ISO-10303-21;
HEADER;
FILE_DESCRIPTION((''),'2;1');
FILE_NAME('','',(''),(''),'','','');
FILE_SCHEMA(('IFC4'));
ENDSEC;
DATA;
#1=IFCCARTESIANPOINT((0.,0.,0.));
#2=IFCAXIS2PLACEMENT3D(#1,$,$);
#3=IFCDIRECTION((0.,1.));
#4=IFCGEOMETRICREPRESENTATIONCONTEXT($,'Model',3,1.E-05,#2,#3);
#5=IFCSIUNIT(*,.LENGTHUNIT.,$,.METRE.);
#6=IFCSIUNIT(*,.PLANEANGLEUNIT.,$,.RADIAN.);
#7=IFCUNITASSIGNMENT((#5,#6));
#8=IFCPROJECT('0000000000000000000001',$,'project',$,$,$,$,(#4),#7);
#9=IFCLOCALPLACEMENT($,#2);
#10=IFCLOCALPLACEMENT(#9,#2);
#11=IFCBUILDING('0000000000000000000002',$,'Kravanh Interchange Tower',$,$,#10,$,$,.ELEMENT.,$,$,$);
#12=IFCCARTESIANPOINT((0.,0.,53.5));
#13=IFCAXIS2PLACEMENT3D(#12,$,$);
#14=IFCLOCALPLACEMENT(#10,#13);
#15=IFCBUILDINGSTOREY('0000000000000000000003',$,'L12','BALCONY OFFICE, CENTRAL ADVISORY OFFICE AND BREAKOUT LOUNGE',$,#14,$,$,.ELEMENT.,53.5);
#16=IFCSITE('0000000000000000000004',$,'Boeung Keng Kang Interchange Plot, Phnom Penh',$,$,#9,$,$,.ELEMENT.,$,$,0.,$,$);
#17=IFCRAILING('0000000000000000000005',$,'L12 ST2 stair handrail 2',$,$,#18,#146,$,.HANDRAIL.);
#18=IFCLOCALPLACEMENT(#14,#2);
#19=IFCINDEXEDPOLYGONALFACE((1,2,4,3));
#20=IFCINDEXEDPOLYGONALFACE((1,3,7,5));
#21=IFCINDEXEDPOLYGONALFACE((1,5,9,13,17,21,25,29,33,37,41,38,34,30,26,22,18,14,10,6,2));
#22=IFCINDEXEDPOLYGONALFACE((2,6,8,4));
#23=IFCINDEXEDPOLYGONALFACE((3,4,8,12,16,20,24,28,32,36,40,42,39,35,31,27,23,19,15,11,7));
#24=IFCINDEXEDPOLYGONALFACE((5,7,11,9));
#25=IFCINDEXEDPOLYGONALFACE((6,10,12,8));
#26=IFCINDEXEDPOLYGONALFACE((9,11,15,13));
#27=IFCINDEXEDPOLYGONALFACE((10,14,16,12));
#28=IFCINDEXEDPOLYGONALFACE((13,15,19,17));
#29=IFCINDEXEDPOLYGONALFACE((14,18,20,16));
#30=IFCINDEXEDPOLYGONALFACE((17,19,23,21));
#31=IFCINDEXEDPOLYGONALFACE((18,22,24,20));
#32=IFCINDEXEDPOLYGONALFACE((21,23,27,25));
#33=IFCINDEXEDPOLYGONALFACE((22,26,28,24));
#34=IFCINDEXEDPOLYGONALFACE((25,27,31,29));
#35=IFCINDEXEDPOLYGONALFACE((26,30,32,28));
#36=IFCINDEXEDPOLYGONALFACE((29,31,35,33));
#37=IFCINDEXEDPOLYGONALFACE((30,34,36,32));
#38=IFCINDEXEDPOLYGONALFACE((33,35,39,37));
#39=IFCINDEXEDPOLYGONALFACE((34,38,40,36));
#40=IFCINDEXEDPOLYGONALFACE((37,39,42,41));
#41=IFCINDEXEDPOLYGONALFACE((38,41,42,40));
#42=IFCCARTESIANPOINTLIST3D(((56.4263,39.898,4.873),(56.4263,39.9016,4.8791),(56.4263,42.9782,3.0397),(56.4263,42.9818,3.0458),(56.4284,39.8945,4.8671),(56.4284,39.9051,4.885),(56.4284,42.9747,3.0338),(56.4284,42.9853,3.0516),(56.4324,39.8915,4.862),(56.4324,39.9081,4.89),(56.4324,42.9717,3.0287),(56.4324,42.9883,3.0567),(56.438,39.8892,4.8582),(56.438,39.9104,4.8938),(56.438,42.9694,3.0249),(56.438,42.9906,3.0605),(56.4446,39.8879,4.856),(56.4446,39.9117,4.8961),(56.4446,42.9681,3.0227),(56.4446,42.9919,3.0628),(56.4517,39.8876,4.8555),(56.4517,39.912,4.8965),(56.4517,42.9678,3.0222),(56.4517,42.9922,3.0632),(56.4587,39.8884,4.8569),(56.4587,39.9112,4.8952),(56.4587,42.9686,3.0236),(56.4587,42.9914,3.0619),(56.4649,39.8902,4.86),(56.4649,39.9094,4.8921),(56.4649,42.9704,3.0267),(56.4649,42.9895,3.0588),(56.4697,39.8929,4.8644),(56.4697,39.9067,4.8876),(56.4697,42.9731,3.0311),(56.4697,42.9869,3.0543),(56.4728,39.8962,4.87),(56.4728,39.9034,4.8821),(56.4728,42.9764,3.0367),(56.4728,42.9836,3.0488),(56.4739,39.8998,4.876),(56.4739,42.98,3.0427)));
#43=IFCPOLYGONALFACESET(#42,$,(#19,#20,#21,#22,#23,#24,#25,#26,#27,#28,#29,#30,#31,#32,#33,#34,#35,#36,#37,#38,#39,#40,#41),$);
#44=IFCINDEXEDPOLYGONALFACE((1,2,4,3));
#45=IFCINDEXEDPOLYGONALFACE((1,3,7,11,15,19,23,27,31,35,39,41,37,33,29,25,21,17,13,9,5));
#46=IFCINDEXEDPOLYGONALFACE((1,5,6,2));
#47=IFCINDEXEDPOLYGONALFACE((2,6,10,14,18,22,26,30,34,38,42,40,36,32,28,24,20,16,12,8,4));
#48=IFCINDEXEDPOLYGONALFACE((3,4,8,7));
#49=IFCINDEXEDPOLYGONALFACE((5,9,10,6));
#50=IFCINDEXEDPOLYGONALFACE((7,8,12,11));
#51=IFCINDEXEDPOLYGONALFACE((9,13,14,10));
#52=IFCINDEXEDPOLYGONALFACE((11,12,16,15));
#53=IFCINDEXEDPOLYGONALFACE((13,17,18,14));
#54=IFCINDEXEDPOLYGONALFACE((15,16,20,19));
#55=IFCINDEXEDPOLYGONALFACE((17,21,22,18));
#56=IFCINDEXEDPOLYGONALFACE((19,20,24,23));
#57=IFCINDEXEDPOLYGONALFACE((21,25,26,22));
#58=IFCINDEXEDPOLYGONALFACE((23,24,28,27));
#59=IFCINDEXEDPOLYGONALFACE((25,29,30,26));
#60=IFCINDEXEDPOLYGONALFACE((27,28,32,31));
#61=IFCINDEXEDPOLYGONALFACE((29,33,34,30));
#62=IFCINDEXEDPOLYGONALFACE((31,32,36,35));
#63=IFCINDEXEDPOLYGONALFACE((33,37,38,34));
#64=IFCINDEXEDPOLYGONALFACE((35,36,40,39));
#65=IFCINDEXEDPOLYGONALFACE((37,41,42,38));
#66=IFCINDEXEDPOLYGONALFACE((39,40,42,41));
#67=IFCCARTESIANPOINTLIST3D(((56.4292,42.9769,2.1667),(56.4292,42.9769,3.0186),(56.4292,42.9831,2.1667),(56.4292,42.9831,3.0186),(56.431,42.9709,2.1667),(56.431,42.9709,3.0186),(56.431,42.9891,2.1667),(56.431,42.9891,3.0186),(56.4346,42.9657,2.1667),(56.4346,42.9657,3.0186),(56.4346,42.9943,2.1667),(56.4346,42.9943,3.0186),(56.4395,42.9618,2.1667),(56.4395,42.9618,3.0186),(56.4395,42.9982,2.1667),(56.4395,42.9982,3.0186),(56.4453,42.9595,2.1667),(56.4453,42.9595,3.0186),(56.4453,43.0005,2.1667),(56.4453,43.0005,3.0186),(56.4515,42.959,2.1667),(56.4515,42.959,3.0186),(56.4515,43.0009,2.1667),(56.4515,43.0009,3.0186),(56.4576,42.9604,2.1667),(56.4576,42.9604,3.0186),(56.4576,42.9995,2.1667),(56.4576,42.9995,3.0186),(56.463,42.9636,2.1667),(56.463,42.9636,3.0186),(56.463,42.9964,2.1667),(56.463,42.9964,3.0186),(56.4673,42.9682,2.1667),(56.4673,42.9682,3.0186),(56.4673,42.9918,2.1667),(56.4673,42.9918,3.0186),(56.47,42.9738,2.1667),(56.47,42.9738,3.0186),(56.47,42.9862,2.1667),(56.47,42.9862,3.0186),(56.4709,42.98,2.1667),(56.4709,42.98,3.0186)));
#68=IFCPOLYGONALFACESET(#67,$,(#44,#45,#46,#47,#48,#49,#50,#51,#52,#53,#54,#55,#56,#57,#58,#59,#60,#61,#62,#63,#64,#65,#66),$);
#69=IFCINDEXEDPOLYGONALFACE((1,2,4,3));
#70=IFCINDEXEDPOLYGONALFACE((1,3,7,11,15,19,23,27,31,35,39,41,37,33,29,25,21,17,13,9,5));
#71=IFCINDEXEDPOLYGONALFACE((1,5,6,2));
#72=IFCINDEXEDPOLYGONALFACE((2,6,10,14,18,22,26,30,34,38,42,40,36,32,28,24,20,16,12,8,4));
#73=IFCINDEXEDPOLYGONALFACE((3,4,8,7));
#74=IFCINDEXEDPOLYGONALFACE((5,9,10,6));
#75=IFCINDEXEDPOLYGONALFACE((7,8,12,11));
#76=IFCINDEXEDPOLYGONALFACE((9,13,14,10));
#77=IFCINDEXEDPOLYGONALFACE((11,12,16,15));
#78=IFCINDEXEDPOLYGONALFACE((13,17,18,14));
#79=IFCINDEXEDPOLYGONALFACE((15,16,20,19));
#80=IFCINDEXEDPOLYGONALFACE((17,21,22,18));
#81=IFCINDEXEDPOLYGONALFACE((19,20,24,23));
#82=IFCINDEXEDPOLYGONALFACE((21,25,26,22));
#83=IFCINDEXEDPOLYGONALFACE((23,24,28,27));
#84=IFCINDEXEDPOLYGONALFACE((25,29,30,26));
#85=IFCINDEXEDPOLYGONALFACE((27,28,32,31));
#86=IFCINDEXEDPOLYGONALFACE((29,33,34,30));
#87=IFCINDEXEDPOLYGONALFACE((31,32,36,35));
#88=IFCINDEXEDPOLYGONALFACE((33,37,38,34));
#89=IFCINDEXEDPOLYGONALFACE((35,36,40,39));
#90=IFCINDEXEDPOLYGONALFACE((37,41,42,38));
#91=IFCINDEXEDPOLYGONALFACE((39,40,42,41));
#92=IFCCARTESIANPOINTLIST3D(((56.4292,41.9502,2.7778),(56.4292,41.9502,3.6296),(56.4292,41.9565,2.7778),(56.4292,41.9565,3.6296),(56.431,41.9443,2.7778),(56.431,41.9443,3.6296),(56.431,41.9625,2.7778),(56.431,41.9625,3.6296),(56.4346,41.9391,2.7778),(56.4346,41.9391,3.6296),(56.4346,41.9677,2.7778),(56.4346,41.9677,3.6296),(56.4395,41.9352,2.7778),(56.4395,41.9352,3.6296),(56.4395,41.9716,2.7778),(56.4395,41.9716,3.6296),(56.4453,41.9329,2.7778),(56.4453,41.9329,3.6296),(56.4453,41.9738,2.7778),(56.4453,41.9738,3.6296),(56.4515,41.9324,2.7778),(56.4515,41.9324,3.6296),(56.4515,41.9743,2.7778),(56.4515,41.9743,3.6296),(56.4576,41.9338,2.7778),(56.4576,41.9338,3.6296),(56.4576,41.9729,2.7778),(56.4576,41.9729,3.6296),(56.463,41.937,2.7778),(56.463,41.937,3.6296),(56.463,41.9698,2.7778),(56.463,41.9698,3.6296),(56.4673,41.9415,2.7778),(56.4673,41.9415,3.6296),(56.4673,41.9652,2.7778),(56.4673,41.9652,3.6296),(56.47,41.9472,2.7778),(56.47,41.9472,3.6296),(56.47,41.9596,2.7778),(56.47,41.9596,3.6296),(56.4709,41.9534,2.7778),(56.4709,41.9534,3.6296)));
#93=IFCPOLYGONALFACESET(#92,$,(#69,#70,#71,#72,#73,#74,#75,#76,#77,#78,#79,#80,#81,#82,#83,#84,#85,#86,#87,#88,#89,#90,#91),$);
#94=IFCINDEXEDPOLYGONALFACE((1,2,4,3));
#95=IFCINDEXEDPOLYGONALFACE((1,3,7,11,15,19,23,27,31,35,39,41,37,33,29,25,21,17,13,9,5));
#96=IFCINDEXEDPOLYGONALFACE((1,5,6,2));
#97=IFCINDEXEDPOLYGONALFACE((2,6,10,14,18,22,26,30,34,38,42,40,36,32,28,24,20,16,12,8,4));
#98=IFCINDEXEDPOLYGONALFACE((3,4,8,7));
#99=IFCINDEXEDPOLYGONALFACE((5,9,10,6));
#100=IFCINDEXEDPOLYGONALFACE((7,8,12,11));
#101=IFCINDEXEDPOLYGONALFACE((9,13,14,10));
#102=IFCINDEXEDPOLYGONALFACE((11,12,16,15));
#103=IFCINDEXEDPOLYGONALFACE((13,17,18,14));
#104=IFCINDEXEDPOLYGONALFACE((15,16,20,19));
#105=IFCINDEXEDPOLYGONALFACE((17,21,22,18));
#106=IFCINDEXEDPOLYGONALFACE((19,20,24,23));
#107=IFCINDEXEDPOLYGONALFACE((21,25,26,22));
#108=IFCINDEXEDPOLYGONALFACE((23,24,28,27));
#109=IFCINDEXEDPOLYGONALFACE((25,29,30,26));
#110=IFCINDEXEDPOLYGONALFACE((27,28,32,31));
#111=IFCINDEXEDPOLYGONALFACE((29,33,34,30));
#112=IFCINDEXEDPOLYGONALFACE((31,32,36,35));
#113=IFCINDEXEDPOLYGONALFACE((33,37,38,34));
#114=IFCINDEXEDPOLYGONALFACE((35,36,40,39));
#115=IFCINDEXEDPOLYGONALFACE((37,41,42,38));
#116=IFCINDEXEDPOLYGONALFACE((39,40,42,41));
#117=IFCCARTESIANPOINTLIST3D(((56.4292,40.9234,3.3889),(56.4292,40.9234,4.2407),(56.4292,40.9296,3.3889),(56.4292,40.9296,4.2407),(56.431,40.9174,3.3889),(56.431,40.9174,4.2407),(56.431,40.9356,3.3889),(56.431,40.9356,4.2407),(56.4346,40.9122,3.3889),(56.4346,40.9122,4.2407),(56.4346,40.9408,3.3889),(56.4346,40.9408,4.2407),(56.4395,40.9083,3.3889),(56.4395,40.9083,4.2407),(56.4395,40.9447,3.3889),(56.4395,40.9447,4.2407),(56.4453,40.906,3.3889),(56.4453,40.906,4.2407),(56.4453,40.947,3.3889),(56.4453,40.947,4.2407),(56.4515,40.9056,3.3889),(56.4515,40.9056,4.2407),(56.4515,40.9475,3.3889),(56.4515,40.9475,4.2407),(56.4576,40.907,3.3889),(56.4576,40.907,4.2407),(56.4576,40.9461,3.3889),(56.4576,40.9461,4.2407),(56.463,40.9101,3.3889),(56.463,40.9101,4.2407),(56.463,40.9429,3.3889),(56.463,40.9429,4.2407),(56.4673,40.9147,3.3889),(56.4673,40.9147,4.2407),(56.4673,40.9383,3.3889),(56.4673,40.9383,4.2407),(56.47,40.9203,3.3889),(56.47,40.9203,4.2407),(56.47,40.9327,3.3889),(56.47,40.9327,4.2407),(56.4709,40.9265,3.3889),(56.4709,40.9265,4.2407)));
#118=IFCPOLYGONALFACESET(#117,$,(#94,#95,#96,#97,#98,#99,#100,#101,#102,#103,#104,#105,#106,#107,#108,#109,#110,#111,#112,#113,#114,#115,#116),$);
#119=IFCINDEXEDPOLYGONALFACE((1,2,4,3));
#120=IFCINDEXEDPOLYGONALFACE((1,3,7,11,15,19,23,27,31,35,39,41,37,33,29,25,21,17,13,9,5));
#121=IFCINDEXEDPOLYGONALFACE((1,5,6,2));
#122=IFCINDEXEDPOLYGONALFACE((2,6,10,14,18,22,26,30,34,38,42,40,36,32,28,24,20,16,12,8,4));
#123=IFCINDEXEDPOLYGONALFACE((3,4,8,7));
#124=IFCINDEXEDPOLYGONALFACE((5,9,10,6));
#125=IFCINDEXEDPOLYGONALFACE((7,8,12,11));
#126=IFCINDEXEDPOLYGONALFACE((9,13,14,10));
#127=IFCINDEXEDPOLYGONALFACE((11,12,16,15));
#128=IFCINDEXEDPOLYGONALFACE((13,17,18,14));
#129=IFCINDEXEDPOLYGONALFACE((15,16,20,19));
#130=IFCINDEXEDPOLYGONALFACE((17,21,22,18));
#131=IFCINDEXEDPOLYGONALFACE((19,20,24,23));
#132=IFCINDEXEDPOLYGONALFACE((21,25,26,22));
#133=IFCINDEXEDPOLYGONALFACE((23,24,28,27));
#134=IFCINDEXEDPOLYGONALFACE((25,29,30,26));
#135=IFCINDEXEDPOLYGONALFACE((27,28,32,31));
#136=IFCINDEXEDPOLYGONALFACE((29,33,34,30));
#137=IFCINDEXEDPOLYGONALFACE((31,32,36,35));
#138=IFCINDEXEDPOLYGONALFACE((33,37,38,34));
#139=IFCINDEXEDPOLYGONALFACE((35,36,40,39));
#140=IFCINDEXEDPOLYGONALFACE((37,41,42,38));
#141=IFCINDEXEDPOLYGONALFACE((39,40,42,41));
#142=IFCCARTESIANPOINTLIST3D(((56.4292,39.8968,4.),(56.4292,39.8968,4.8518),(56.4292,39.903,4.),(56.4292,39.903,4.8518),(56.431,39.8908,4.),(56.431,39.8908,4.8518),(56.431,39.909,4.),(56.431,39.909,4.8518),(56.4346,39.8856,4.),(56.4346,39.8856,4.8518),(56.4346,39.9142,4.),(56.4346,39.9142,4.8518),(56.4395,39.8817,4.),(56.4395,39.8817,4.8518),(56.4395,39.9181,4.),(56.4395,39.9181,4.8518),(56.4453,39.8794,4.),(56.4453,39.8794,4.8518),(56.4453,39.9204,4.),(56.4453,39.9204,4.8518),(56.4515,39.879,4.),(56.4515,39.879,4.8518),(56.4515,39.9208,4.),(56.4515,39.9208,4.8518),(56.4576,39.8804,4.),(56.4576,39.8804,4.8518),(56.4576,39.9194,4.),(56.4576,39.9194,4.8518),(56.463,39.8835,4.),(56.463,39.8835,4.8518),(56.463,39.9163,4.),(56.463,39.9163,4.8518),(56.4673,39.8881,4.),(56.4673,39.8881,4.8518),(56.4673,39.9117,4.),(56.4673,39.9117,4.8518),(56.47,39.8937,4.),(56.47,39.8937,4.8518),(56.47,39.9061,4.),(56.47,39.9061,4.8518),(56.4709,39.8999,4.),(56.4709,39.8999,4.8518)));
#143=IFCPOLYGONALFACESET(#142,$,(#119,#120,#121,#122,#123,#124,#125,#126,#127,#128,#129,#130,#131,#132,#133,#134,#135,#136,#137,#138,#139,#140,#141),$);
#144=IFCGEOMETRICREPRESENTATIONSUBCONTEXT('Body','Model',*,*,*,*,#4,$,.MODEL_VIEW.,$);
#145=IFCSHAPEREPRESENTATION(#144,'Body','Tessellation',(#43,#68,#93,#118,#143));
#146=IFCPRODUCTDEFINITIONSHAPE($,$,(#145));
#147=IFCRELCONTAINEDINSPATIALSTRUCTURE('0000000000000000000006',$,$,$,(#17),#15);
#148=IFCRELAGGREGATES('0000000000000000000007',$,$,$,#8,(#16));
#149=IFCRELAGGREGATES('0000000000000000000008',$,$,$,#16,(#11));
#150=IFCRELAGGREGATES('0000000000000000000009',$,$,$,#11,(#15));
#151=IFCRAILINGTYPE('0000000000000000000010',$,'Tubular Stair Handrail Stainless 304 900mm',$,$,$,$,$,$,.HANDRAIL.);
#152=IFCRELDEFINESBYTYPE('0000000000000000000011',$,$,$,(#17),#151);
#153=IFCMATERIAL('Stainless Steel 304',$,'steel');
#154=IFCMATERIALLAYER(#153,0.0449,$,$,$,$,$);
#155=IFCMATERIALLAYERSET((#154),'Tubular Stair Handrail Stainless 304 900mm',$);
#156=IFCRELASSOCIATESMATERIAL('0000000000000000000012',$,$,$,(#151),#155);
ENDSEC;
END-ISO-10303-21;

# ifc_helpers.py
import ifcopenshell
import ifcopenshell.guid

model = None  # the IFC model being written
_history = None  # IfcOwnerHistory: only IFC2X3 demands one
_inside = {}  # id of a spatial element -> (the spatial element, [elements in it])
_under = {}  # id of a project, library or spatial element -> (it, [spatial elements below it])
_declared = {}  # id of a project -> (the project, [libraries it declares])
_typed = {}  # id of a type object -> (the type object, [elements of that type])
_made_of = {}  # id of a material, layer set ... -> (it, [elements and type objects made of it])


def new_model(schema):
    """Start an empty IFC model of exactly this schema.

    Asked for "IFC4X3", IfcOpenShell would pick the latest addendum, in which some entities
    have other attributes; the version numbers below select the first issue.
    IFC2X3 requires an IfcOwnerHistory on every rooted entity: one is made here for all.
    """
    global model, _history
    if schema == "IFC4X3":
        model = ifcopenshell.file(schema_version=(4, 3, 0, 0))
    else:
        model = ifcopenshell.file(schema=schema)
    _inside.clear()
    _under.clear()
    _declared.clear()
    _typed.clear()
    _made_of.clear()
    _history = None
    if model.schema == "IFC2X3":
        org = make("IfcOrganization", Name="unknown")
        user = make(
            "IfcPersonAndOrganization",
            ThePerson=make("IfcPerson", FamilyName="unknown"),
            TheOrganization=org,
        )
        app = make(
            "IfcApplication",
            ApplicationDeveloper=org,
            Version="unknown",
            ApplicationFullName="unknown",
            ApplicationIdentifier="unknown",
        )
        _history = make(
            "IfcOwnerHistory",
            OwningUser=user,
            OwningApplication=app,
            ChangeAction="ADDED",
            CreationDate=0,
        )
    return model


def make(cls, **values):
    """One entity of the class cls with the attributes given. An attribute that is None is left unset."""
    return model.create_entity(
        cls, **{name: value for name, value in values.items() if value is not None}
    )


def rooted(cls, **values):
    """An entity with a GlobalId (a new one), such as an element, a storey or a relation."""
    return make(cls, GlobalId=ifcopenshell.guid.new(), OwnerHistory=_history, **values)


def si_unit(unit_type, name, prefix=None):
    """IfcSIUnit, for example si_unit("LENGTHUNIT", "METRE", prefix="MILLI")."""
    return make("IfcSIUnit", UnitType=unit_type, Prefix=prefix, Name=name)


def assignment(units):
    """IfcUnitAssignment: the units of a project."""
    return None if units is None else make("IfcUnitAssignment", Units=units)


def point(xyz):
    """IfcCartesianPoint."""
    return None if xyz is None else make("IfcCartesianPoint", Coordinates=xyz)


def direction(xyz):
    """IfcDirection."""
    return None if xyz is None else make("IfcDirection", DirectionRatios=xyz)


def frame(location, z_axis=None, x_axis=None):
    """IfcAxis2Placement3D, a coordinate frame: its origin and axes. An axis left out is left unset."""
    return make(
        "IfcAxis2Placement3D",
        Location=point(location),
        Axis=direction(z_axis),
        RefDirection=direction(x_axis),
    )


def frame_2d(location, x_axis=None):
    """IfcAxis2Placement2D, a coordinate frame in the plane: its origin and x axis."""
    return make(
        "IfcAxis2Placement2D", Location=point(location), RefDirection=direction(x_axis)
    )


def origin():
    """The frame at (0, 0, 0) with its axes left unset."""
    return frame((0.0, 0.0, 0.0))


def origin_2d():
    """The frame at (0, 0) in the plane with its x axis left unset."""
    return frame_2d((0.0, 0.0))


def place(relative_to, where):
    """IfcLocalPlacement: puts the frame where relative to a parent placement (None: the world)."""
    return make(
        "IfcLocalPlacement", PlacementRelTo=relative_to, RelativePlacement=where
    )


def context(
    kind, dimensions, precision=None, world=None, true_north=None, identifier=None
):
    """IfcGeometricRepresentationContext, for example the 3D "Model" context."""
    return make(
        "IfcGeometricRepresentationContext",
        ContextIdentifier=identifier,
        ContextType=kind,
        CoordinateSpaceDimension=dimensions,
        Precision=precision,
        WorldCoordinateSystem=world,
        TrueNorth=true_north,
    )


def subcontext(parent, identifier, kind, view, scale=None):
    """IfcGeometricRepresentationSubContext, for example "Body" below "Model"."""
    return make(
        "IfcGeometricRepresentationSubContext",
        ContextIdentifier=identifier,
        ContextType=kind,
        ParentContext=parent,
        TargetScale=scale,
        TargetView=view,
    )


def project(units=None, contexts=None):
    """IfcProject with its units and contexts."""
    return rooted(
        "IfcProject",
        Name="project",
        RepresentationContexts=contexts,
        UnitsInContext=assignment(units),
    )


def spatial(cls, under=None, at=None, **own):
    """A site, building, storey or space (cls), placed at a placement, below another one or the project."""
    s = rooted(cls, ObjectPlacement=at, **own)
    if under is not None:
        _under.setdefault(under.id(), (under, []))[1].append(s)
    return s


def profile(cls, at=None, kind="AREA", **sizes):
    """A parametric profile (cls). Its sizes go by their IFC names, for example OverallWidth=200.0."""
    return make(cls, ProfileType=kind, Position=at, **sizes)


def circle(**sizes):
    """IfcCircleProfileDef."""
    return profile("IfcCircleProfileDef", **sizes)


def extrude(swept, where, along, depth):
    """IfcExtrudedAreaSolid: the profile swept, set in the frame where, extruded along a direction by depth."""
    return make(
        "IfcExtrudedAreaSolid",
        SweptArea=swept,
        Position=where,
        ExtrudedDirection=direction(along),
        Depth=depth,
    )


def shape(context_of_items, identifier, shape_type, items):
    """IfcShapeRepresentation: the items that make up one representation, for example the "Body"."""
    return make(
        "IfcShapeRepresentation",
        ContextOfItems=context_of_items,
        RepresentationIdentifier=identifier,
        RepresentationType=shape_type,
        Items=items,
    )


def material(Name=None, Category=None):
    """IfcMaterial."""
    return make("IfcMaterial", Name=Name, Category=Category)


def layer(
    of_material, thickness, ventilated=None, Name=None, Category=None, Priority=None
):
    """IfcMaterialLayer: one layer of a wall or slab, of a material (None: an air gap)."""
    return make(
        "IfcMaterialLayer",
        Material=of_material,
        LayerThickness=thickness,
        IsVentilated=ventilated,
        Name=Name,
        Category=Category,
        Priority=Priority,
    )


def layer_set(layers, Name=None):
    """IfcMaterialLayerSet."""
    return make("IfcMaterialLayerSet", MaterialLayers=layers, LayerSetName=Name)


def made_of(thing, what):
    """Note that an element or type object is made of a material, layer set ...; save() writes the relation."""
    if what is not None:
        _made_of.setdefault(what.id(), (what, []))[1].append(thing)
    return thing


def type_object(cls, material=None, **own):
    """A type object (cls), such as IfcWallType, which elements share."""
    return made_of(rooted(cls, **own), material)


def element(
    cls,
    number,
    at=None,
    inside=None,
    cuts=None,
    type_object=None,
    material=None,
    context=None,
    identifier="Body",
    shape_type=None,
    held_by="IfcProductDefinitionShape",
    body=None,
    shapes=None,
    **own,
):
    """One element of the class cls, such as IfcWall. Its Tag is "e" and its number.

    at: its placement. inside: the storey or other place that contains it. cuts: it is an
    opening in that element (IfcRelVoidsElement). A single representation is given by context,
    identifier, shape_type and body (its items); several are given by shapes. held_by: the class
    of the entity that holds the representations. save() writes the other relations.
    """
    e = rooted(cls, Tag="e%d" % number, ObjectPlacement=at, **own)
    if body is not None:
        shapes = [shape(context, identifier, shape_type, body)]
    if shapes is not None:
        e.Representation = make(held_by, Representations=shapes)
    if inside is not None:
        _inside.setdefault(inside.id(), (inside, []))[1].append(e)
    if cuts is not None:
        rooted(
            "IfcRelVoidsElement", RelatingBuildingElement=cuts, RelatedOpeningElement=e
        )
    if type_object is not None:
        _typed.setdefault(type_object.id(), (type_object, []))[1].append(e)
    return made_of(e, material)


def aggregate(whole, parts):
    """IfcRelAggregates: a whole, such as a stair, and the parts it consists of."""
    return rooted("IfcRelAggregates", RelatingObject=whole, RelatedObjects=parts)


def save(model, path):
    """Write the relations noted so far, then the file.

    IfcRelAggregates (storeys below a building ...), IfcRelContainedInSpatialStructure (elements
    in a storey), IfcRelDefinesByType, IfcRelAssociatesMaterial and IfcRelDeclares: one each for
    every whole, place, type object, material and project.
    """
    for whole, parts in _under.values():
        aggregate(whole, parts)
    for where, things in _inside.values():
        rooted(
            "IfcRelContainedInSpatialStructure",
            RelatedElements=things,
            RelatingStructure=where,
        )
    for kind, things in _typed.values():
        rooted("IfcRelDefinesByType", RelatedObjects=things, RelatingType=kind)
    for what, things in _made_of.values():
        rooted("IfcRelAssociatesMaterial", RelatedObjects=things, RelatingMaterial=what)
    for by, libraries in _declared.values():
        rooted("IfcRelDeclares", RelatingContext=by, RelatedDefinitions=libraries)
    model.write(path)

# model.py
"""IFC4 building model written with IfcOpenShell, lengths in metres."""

from ifc_helpers import new_model, si_unit, direction, frame, origin, origin_2d, place, context, subcontext, project, spatial, circle, extrude, material, layer, layer_set, type_object, element, save


model = new_model("IFC4")

# Units and contexts
model_context = context("Model", 3, precision=1e-05, world=origin(), true_north=direction((0.0, 1.0)))
body_context = subcontext(model_context, "Body", "Model", "MODEL_VIEW")
ifc_project = project(units=[si_unit("LENGTHUNIT", "METRE"), si_unit("PLANEANGLEUNIT", "RADIAN")], contexts=[model_context])

# Site, building, storey
site_placement = place(None, origin())
site = spatial("IfcSite", under=ifc_project, at=site_placement, Name="Boeung Keng Kang Interchange Plot, Phnom Penh", CompositionType="ELEMENT", RefElevation=0.0)
building_placement = place(site_placement, origin())
building = spatial("IfcBuilding", under=site, at=building_placement, Name="Kravanh Interchange Tower", CompositionType="ELEMENT")
storey_placement = place(building_placement, frame((0.0, 0.0, 53.5)))
storey = spatial("IfcBuildingStorey", under=building, at=storey_placement, Name="L12", Description="BALCONY OFFICE, CENTRAL ADVISORY OFFICE AND BREAKOUT LOUNGE", CompositionType="ELEMENT", Elevation=53.5)

# Railing
ifc_material_1 = material(Name="Stainless Steel 304", Category="steel")
ifc_layer_1 = layer(ifc_material_1, 0.0449)
ifc_layer_set_1 = layer_set([ifc_layer_1], Name="Tubular Stair Handrail Stainless 304 900mm")
railing_type_1 = type_object("IfcRailingType", Name="Tubular Stair Handrail Stainless 304 900mm", PredefinedType="HANDRAIL", material=ifc_layer_set_1)
railing_1_placement = place(storey_placement, frame((56.45, 42.98, 2.1667)))
element("IfcRailing", 1, at=railing_1_placement, inside=storey, type_object=railing_type_1, Name="L12 ST2 stair handrail 2", PredefinedType="HANDRAIL", context=body_context, shape_type="SweptSolid", body=[
    extrude(circle(Radius=0.0239, at=origin_2d()), frame((0.0, 0.0, 0.876), z_axis=(0.0, -0.859309, 0.511458), x_axis=(1.0, 0.0, 0.0)), (0.0, 0.0, 1.0), 3.5845),
    extrude(circle(Radius=0.021, at=origin_2d()), origin(), (0.0, 0.0, 1.0), 0.8518),
    extrude(circle(Radius=0.021, at=origin_2d()), frame((0.0, -1.0266, 0.6111)), (0.0, 0.0, 1.0), 0.8518),
    extrude(circle(Radius=0.021, at=origin_2d()), frame((0.0, -2.0535, 1.2222)), (0.0, 0.0, 1.0), 0.8518),
    extrude(circle(Radius=0.021, at=origin_2d()), frame((0.0, -3.0801, 1.8333)), (0.0, 0.0, 1.0), 0.8518),
])

save(model, "model.ifc")
